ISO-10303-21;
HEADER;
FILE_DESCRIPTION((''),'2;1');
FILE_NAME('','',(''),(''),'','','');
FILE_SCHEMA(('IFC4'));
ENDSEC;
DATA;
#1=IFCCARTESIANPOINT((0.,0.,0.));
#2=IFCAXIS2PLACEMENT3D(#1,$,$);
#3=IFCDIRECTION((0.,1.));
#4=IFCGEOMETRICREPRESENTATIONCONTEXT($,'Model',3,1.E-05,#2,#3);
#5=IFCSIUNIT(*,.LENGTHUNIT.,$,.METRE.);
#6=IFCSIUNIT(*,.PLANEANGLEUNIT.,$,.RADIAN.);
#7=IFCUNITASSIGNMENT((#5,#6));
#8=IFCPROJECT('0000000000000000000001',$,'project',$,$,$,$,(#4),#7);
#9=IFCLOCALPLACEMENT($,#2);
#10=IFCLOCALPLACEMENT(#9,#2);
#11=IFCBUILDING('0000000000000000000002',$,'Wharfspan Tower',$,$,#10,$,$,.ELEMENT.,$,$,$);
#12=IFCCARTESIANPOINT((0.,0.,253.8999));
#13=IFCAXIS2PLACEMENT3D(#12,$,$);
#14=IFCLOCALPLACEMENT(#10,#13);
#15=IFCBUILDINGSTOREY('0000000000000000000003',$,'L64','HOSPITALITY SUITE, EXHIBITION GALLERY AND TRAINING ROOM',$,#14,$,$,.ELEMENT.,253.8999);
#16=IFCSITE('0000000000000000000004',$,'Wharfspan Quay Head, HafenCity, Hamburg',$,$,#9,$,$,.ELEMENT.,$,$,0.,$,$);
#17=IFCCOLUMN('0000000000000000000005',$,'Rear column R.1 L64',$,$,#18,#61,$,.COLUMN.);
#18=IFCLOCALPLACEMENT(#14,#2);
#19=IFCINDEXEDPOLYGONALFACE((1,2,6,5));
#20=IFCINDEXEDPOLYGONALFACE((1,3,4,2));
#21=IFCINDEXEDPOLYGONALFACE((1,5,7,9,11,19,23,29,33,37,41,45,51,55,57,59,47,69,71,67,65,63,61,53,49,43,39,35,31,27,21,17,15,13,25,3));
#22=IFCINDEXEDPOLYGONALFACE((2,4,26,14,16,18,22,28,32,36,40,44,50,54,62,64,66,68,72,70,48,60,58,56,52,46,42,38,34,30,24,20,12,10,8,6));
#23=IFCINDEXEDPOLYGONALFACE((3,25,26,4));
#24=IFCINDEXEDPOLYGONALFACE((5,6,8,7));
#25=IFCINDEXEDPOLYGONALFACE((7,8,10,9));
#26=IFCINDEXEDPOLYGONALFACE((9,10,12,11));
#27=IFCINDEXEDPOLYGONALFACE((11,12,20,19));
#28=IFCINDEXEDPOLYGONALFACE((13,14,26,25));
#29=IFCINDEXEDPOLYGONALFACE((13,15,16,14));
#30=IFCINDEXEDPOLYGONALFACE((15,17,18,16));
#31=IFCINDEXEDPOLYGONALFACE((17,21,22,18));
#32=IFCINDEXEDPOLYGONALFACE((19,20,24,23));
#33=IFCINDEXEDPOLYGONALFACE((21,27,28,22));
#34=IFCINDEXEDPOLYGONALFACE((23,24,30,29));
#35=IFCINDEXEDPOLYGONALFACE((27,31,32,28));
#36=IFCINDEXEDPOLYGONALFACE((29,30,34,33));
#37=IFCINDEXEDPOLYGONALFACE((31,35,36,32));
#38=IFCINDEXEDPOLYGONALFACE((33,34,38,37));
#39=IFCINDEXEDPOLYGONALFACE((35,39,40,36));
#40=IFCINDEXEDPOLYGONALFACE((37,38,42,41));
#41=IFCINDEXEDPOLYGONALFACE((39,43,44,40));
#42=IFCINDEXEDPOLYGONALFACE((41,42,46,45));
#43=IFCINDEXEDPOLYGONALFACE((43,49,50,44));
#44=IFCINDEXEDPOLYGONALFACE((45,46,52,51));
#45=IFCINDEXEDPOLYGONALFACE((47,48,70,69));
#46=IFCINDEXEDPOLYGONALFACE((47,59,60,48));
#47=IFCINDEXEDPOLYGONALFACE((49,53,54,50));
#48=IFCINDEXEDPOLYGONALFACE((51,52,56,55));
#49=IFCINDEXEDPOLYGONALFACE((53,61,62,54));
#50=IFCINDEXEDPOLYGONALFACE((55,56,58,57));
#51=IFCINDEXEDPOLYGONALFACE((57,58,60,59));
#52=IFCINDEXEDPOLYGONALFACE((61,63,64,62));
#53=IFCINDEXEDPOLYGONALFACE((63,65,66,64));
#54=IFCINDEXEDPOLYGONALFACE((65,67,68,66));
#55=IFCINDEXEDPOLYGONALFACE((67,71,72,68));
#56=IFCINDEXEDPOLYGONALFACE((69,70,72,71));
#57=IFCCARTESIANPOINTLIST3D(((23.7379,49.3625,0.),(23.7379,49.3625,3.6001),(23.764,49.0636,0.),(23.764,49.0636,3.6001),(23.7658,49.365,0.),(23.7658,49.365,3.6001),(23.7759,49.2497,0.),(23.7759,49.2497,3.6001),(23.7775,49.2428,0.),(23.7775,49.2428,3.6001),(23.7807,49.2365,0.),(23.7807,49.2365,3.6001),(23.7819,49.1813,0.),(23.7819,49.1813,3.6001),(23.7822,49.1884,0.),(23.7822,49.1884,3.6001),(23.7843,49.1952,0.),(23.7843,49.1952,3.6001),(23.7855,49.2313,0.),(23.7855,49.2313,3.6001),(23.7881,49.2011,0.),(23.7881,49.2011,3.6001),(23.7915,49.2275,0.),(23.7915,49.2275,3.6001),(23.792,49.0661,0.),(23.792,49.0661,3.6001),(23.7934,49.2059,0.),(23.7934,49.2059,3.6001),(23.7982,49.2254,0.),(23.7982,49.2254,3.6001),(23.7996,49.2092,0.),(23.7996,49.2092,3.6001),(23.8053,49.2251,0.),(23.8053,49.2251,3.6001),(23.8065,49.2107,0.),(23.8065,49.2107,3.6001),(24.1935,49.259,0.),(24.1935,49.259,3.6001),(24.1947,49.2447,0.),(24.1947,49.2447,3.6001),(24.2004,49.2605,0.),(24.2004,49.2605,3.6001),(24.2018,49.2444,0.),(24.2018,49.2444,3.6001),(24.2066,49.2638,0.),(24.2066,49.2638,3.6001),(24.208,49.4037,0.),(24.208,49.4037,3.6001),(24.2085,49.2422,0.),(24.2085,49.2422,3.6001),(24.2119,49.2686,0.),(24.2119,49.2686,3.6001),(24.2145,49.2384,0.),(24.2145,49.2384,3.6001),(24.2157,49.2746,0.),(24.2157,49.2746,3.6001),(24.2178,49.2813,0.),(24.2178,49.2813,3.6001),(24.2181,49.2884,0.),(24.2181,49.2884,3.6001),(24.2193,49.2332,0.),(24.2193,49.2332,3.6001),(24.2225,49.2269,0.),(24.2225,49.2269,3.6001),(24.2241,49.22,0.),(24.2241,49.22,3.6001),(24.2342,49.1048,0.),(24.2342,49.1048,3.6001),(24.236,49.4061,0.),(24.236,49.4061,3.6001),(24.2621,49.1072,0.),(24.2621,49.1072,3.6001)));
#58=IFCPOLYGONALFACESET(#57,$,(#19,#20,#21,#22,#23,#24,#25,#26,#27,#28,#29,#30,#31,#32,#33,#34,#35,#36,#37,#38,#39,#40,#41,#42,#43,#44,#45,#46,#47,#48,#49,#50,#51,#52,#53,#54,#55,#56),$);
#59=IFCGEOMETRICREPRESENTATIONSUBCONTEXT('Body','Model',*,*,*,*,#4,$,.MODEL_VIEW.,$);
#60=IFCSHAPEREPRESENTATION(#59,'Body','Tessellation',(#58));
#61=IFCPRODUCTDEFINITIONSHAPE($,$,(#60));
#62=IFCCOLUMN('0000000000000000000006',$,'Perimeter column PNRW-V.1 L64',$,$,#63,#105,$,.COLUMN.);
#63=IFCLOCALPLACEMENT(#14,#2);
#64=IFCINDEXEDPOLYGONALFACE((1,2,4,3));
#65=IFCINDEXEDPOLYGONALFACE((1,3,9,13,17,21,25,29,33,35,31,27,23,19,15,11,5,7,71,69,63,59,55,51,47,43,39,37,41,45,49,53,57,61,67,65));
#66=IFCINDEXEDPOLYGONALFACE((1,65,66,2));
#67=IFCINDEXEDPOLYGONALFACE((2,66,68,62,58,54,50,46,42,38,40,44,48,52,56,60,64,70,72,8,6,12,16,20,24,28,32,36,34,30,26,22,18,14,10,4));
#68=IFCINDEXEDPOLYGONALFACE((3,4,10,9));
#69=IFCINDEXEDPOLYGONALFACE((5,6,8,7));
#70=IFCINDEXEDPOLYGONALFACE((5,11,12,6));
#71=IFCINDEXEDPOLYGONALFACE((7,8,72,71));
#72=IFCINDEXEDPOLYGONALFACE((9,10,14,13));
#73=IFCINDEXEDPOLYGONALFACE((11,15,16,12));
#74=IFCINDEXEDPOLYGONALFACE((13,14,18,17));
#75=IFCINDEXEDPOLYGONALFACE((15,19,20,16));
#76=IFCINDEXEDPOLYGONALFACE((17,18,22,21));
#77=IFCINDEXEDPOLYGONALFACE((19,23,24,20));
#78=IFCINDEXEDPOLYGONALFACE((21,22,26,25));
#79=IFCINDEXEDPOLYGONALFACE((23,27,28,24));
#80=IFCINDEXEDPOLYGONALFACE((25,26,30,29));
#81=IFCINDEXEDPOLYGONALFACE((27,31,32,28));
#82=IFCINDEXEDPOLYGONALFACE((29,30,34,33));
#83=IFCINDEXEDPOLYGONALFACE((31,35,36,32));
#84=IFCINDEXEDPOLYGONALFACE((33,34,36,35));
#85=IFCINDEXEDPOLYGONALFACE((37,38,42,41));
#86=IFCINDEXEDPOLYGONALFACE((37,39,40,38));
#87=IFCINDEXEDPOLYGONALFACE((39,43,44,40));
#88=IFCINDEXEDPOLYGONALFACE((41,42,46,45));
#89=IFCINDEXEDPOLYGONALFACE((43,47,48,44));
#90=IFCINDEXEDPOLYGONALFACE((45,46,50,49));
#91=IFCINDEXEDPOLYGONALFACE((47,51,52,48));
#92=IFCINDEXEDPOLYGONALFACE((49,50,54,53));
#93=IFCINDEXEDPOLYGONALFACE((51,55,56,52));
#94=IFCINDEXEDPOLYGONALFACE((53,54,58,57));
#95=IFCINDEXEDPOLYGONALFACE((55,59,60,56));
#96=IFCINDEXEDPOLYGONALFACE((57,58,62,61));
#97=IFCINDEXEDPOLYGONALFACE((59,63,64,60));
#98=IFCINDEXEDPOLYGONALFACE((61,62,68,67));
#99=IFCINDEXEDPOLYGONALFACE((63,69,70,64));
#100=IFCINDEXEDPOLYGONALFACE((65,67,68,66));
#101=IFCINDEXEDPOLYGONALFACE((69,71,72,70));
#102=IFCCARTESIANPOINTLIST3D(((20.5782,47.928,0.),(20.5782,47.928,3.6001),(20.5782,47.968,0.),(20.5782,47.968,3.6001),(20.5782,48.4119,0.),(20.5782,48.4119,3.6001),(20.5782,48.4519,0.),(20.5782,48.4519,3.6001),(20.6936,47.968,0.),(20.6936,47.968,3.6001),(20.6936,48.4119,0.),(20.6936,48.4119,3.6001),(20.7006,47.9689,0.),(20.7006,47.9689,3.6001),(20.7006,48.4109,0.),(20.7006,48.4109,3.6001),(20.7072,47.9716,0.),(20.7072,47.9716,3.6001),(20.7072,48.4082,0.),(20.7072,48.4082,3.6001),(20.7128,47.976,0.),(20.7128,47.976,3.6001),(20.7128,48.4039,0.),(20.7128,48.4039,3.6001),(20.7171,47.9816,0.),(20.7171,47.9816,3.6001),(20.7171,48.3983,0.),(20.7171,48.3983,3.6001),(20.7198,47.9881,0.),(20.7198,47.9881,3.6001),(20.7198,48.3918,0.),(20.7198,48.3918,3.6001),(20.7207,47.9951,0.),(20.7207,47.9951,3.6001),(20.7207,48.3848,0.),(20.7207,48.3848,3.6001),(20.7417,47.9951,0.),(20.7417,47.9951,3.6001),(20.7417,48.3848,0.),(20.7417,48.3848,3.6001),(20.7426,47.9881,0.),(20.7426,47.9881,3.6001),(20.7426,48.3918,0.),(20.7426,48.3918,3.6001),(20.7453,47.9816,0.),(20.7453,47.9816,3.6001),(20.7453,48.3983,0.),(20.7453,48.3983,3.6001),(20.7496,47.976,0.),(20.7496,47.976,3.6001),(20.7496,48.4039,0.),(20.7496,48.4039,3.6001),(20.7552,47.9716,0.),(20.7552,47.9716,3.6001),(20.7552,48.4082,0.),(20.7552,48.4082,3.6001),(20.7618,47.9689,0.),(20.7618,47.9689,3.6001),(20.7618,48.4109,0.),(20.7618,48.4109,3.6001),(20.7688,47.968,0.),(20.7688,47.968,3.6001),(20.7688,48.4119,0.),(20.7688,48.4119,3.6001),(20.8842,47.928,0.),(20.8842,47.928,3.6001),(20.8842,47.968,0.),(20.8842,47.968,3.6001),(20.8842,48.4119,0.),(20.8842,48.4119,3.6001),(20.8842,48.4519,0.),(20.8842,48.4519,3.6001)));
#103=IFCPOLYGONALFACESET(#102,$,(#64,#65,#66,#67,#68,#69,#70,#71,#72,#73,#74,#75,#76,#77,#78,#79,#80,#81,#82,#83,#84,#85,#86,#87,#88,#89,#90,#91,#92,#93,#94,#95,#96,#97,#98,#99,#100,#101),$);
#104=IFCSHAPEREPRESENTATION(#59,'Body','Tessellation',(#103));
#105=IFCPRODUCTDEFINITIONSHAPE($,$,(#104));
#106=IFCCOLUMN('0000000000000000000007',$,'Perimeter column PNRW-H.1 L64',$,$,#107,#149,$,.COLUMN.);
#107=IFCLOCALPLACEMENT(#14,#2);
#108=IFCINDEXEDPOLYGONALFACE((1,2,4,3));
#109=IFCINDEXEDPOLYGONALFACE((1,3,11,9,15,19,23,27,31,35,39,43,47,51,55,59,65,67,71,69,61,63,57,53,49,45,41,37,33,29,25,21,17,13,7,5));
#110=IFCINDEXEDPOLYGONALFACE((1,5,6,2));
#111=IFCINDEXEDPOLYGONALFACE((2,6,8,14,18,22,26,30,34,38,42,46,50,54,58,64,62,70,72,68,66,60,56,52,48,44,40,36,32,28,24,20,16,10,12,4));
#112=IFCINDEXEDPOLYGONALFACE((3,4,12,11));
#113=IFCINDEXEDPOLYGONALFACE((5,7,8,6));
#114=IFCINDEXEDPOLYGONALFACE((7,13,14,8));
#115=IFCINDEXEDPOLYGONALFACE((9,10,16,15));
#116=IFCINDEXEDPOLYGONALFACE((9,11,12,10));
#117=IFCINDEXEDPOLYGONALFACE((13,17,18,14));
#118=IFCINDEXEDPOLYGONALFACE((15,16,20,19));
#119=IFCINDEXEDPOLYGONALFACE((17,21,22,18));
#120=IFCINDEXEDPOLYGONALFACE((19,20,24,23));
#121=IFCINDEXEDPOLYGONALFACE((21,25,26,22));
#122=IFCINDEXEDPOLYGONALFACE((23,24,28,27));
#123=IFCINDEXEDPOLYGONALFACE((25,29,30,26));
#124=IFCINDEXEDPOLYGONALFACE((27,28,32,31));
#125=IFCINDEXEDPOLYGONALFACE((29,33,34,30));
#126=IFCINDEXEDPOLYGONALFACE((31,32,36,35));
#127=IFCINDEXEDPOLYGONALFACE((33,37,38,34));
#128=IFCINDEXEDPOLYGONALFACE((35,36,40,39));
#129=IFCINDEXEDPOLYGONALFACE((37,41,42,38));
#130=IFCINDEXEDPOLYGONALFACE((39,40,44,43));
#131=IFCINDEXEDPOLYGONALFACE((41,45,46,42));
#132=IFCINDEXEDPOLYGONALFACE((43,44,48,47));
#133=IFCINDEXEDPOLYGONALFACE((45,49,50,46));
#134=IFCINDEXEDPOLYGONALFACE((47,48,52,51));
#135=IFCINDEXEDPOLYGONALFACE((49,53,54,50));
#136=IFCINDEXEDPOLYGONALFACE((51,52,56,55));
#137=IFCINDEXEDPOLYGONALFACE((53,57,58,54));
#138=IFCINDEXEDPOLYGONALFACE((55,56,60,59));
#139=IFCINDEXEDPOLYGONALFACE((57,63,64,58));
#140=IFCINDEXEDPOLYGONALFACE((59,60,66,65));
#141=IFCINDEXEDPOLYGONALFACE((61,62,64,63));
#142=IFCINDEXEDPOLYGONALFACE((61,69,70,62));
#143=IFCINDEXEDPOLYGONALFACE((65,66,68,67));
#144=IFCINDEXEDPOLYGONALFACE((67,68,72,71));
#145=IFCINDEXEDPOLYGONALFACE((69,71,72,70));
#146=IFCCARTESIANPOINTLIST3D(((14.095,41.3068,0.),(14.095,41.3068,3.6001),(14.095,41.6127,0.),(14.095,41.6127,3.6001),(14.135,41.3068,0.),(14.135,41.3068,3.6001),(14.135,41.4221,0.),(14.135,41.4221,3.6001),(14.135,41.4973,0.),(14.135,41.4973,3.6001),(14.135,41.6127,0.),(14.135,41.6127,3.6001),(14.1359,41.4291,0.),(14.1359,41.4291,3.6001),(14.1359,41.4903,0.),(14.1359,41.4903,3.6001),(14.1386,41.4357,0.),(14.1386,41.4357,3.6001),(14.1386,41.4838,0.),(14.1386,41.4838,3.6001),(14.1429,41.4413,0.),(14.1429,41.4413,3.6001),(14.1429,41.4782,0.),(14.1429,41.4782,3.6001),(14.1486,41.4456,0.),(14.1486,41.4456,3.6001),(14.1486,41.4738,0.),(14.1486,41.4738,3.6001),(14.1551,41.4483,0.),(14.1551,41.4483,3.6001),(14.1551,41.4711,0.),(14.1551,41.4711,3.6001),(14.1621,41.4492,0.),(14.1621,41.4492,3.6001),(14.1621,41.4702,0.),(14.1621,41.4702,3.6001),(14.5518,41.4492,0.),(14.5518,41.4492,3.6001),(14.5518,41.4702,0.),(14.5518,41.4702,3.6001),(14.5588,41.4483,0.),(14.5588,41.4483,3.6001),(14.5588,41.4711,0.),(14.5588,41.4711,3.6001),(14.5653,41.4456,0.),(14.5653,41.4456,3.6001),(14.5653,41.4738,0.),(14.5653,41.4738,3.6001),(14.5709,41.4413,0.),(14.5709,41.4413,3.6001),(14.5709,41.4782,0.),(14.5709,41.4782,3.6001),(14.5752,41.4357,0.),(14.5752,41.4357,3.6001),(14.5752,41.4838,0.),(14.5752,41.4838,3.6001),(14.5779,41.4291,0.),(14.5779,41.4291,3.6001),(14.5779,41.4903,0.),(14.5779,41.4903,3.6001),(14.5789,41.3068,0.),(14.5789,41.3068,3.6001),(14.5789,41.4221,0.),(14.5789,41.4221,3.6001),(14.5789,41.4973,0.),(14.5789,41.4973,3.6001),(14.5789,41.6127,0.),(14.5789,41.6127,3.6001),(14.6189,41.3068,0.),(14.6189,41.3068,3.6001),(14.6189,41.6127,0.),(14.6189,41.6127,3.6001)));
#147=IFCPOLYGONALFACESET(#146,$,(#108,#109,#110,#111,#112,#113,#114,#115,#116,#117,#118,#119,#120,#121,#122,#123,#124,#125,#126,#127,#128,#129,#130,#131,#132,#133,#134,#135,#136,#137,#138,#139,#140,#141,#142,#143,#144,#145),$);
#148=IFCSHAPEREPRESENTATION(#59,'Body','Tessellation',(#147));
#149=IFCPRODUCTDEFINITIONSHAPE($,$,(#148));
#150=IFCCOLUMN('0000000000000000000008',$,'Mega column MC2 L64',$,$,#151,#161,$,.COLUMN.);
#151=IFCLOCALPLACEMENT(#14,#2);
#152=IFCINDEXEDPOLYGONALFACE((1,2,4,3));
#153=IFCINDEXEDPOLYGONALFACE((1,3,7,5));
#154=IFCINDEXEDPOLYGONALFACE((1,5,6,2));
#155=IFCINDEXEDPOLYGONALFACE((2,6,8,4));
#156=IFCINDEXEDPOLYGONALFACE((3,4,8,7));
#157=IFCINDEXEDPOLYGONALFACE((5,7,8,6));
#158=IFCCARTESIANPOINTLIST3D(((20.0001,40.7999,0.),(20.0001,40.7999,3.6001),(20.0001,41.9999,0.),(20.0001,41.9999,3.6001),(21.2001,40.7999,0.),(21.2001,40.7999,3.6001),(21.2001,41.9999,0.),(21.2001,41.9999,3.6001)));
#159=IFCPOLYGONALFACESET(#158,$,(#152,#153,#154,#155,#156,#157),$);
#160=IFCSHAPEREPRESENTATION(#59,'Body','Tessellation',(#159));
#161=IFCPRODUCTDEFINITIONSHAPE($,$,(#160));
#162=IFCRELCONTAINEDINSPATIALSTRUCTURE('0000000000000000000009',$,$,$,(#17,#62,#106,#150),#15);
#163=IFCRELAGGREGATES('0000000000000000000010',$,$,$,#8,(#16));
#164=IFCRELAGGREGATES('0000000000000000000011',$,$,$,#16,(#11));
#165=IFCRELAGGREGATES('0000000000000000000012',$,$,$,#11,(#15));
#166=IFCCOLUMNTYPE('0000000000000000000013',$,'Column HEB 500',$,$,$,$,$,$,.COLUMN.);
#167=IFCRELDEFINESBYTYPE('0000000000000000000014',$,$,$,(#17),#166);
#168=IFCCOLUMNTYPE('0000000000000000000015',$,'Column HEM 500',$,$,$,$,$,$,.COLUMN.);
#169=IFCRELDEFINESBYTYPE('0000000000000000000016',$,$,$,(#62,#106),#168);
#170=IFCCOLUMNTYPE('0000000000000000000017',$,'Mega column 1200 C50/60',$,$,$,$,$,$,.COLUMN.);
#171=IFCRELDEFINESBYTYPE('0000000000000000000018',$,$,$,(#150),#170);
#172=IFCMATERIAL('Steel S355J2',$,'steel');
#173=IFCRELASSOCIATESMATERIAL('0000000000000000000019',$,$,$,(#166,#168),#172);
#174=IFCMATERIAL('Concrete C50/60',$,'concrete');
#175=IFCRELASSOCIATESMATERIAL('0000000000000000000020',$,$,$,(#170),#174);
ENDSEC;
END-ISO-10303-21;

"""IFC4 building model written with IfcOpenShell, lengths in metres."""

from ifc_helpers import new_model, si_unit, direction, frame, origin, origin_2d, place, context, subcontext, project, spatial, rectangle, i_section, extrude, material, material_profile, profile_set, type_object, element, save


model = new_model("IFC4")

# Units and contexts
model_context = context("Model", 3, precision=1e-05, world=origin(), true_north=direction((0.0, 1.0)))
body_context = subcontext(model_context, "Body", "Model", "MODEL_VIEW")
ifc_project = project(units=[si_unit("LENGTHUNIT", "METRE"), si_unit("PLANEANGLEUNIT", "RADIAN")], contexts=[model_context])

# Site, building, storey
site_placement = place(None, origin())
site = spatial("IfcSite", under=ifc_project, at=site_placement, Name="Wharfspan Quay Head, HafenCity, Hamburg", CompositionType="ELEMENT", RefElevation=0.0)
building_placement = place(site_placement, origin())
building = spatial("IfcBuilding", under=site, at=building_placement, Name="Wharfspan Tower", CompositionType="ELEMENT")
storey_placement = place(building_placement, frame((0.0, 0.0, 253.8999)))
storey = spatial("IfcBuildingStorey", under=building, at=storey_placement, Name="L64", Description="HOSPITALITY SUITE, EXHIBITION GALLERY AND TRAINING ROOM", CompositionType="ELEMENT", Elevation=253.8999)

# Columns
ifc_material_1 = material(Name="Steel S355J2", Category="steel")
ifc_material_profile_1 = material_profile(ifc_material_1, i_section(OverallWidth=0.3, OverallDepth=0.5, WebThickness=0.0144, FlangeThickness=0.0281, FilletRadius=0.0271, at=origin_2d()))
ifc_profile_set_1 = profile_set([ifc_material_profile_1], Name="Steel S355J2")
column_type_1 = type_object("IfcColumnType", Name="Column HEB 500", PredefinedType="COLUMN", material=ifc_profile_set_1)
column_1_placement = place(storey_placement, frame((24.0, 49.2349, 0.0), z_axis=(0.0, 0.0, 1.0), x_axis=(-0.087156, 0.996197, 0.0)))
element("IfcColumn", 1, at=column_1_placement, inside=storey, type_object=column_type_1, Name="Rear column R.1 L64", PredefinedType="COLUMN", context=body_context, shape_type="SweptSolid", body=[
    extrude(i_section(OverallWidth=0.3, OverallDepth=0.5, WebThickness=0.0144, FlangeThickness=0.0281, FilletRadius=0.0271, at=origin_2d()), origin(), (0.0, 0.0, 1.0), 3.6001),
])
ifc_material_profile_2 = material_profile(ifc_material_1, i_section(OverallWidth=0.3059, OverallDepth=0.5239, WebThickness=0.021, FlangeThickness=0.04, FilletRadius=0.0271, at=origin_2d()))
ifc_profile_set_2 = profile_set([ifc_material_profile_2], Name="Steel S355J2")
column_type_2 = type_object("IfcColumnType", Name="Column HEM 500", PredefinedType="COLUMN", material=ifc_profile_set_2)
for number, where, z_axis, x_axis, name in (
    (2, (20.7312, 48.1899, 0.0), (0.0, 0.0, 1.0), (-1.0, 0.0, 0.0), "Perimeter column PNRW-V.1 L64"),
    (3, (14.3569, 41.4597, 0.0), (0.0, 0.0, 1.0), (0.0, 1.0, 0.0), "Perimeter column PNRW-H.1 L64"),
):
    element("IfcColumn", number, at=place(storey_placement, frame(where, z_axis=z_axis, x_axis=x_axis)), inside=storey, type_object=column_type_2, Name=name, PredefinedType="COLUMN", context=body_context, shape_type="SweptSolid", body=[
        extrude(i_section(OverallWidth=0.3059, OverallDepth=0.5239, WebThickness=0.021, FlangeThickness=0.04, FilletRadius=0.0271, at=origin_2d()), origin(), (0.0, 0.0, 1.0), 3.6001),
    ])
ifc_material_2 = material(Name="Concrete C50/60", Category="concrete")
ifc_material_profile_3 = material_profile(ifc_material_2, rectangle(XDim=1.2, YDim=1.2, at=origin_2d()))
ifc_profile_set_3 = profile_set([ifc_material_profile_3], Name="Concrete C50/60")
column_type_3 = type_object("IfcColumnType", Name="Mega column 1200 C50/60", PredefinedType="COLUMN", material=ifc_profile_set_3)
column_2_placement = place(storey_placement, frame((20.6001, 41.3999, 0.0), z_axis=(0.0, 0.0, 1.0), x_axis=(1.0, 0.0, 0.0)))
element("IfcColumn", 4, at=column_2_placement, inside=storey, type_object=column_type_3, Name="Mega column MC2 L64", PredefinedType="COLUMN", context=body_context, shape_type="SweptSolid", body=[
    extrude(rectangle(XDim=1.2, YDim=1.2, at=origin_2d()), origin(), (0.0, 0.0, 1.0), 3.6001),
])

save(model, "model.ifc")
